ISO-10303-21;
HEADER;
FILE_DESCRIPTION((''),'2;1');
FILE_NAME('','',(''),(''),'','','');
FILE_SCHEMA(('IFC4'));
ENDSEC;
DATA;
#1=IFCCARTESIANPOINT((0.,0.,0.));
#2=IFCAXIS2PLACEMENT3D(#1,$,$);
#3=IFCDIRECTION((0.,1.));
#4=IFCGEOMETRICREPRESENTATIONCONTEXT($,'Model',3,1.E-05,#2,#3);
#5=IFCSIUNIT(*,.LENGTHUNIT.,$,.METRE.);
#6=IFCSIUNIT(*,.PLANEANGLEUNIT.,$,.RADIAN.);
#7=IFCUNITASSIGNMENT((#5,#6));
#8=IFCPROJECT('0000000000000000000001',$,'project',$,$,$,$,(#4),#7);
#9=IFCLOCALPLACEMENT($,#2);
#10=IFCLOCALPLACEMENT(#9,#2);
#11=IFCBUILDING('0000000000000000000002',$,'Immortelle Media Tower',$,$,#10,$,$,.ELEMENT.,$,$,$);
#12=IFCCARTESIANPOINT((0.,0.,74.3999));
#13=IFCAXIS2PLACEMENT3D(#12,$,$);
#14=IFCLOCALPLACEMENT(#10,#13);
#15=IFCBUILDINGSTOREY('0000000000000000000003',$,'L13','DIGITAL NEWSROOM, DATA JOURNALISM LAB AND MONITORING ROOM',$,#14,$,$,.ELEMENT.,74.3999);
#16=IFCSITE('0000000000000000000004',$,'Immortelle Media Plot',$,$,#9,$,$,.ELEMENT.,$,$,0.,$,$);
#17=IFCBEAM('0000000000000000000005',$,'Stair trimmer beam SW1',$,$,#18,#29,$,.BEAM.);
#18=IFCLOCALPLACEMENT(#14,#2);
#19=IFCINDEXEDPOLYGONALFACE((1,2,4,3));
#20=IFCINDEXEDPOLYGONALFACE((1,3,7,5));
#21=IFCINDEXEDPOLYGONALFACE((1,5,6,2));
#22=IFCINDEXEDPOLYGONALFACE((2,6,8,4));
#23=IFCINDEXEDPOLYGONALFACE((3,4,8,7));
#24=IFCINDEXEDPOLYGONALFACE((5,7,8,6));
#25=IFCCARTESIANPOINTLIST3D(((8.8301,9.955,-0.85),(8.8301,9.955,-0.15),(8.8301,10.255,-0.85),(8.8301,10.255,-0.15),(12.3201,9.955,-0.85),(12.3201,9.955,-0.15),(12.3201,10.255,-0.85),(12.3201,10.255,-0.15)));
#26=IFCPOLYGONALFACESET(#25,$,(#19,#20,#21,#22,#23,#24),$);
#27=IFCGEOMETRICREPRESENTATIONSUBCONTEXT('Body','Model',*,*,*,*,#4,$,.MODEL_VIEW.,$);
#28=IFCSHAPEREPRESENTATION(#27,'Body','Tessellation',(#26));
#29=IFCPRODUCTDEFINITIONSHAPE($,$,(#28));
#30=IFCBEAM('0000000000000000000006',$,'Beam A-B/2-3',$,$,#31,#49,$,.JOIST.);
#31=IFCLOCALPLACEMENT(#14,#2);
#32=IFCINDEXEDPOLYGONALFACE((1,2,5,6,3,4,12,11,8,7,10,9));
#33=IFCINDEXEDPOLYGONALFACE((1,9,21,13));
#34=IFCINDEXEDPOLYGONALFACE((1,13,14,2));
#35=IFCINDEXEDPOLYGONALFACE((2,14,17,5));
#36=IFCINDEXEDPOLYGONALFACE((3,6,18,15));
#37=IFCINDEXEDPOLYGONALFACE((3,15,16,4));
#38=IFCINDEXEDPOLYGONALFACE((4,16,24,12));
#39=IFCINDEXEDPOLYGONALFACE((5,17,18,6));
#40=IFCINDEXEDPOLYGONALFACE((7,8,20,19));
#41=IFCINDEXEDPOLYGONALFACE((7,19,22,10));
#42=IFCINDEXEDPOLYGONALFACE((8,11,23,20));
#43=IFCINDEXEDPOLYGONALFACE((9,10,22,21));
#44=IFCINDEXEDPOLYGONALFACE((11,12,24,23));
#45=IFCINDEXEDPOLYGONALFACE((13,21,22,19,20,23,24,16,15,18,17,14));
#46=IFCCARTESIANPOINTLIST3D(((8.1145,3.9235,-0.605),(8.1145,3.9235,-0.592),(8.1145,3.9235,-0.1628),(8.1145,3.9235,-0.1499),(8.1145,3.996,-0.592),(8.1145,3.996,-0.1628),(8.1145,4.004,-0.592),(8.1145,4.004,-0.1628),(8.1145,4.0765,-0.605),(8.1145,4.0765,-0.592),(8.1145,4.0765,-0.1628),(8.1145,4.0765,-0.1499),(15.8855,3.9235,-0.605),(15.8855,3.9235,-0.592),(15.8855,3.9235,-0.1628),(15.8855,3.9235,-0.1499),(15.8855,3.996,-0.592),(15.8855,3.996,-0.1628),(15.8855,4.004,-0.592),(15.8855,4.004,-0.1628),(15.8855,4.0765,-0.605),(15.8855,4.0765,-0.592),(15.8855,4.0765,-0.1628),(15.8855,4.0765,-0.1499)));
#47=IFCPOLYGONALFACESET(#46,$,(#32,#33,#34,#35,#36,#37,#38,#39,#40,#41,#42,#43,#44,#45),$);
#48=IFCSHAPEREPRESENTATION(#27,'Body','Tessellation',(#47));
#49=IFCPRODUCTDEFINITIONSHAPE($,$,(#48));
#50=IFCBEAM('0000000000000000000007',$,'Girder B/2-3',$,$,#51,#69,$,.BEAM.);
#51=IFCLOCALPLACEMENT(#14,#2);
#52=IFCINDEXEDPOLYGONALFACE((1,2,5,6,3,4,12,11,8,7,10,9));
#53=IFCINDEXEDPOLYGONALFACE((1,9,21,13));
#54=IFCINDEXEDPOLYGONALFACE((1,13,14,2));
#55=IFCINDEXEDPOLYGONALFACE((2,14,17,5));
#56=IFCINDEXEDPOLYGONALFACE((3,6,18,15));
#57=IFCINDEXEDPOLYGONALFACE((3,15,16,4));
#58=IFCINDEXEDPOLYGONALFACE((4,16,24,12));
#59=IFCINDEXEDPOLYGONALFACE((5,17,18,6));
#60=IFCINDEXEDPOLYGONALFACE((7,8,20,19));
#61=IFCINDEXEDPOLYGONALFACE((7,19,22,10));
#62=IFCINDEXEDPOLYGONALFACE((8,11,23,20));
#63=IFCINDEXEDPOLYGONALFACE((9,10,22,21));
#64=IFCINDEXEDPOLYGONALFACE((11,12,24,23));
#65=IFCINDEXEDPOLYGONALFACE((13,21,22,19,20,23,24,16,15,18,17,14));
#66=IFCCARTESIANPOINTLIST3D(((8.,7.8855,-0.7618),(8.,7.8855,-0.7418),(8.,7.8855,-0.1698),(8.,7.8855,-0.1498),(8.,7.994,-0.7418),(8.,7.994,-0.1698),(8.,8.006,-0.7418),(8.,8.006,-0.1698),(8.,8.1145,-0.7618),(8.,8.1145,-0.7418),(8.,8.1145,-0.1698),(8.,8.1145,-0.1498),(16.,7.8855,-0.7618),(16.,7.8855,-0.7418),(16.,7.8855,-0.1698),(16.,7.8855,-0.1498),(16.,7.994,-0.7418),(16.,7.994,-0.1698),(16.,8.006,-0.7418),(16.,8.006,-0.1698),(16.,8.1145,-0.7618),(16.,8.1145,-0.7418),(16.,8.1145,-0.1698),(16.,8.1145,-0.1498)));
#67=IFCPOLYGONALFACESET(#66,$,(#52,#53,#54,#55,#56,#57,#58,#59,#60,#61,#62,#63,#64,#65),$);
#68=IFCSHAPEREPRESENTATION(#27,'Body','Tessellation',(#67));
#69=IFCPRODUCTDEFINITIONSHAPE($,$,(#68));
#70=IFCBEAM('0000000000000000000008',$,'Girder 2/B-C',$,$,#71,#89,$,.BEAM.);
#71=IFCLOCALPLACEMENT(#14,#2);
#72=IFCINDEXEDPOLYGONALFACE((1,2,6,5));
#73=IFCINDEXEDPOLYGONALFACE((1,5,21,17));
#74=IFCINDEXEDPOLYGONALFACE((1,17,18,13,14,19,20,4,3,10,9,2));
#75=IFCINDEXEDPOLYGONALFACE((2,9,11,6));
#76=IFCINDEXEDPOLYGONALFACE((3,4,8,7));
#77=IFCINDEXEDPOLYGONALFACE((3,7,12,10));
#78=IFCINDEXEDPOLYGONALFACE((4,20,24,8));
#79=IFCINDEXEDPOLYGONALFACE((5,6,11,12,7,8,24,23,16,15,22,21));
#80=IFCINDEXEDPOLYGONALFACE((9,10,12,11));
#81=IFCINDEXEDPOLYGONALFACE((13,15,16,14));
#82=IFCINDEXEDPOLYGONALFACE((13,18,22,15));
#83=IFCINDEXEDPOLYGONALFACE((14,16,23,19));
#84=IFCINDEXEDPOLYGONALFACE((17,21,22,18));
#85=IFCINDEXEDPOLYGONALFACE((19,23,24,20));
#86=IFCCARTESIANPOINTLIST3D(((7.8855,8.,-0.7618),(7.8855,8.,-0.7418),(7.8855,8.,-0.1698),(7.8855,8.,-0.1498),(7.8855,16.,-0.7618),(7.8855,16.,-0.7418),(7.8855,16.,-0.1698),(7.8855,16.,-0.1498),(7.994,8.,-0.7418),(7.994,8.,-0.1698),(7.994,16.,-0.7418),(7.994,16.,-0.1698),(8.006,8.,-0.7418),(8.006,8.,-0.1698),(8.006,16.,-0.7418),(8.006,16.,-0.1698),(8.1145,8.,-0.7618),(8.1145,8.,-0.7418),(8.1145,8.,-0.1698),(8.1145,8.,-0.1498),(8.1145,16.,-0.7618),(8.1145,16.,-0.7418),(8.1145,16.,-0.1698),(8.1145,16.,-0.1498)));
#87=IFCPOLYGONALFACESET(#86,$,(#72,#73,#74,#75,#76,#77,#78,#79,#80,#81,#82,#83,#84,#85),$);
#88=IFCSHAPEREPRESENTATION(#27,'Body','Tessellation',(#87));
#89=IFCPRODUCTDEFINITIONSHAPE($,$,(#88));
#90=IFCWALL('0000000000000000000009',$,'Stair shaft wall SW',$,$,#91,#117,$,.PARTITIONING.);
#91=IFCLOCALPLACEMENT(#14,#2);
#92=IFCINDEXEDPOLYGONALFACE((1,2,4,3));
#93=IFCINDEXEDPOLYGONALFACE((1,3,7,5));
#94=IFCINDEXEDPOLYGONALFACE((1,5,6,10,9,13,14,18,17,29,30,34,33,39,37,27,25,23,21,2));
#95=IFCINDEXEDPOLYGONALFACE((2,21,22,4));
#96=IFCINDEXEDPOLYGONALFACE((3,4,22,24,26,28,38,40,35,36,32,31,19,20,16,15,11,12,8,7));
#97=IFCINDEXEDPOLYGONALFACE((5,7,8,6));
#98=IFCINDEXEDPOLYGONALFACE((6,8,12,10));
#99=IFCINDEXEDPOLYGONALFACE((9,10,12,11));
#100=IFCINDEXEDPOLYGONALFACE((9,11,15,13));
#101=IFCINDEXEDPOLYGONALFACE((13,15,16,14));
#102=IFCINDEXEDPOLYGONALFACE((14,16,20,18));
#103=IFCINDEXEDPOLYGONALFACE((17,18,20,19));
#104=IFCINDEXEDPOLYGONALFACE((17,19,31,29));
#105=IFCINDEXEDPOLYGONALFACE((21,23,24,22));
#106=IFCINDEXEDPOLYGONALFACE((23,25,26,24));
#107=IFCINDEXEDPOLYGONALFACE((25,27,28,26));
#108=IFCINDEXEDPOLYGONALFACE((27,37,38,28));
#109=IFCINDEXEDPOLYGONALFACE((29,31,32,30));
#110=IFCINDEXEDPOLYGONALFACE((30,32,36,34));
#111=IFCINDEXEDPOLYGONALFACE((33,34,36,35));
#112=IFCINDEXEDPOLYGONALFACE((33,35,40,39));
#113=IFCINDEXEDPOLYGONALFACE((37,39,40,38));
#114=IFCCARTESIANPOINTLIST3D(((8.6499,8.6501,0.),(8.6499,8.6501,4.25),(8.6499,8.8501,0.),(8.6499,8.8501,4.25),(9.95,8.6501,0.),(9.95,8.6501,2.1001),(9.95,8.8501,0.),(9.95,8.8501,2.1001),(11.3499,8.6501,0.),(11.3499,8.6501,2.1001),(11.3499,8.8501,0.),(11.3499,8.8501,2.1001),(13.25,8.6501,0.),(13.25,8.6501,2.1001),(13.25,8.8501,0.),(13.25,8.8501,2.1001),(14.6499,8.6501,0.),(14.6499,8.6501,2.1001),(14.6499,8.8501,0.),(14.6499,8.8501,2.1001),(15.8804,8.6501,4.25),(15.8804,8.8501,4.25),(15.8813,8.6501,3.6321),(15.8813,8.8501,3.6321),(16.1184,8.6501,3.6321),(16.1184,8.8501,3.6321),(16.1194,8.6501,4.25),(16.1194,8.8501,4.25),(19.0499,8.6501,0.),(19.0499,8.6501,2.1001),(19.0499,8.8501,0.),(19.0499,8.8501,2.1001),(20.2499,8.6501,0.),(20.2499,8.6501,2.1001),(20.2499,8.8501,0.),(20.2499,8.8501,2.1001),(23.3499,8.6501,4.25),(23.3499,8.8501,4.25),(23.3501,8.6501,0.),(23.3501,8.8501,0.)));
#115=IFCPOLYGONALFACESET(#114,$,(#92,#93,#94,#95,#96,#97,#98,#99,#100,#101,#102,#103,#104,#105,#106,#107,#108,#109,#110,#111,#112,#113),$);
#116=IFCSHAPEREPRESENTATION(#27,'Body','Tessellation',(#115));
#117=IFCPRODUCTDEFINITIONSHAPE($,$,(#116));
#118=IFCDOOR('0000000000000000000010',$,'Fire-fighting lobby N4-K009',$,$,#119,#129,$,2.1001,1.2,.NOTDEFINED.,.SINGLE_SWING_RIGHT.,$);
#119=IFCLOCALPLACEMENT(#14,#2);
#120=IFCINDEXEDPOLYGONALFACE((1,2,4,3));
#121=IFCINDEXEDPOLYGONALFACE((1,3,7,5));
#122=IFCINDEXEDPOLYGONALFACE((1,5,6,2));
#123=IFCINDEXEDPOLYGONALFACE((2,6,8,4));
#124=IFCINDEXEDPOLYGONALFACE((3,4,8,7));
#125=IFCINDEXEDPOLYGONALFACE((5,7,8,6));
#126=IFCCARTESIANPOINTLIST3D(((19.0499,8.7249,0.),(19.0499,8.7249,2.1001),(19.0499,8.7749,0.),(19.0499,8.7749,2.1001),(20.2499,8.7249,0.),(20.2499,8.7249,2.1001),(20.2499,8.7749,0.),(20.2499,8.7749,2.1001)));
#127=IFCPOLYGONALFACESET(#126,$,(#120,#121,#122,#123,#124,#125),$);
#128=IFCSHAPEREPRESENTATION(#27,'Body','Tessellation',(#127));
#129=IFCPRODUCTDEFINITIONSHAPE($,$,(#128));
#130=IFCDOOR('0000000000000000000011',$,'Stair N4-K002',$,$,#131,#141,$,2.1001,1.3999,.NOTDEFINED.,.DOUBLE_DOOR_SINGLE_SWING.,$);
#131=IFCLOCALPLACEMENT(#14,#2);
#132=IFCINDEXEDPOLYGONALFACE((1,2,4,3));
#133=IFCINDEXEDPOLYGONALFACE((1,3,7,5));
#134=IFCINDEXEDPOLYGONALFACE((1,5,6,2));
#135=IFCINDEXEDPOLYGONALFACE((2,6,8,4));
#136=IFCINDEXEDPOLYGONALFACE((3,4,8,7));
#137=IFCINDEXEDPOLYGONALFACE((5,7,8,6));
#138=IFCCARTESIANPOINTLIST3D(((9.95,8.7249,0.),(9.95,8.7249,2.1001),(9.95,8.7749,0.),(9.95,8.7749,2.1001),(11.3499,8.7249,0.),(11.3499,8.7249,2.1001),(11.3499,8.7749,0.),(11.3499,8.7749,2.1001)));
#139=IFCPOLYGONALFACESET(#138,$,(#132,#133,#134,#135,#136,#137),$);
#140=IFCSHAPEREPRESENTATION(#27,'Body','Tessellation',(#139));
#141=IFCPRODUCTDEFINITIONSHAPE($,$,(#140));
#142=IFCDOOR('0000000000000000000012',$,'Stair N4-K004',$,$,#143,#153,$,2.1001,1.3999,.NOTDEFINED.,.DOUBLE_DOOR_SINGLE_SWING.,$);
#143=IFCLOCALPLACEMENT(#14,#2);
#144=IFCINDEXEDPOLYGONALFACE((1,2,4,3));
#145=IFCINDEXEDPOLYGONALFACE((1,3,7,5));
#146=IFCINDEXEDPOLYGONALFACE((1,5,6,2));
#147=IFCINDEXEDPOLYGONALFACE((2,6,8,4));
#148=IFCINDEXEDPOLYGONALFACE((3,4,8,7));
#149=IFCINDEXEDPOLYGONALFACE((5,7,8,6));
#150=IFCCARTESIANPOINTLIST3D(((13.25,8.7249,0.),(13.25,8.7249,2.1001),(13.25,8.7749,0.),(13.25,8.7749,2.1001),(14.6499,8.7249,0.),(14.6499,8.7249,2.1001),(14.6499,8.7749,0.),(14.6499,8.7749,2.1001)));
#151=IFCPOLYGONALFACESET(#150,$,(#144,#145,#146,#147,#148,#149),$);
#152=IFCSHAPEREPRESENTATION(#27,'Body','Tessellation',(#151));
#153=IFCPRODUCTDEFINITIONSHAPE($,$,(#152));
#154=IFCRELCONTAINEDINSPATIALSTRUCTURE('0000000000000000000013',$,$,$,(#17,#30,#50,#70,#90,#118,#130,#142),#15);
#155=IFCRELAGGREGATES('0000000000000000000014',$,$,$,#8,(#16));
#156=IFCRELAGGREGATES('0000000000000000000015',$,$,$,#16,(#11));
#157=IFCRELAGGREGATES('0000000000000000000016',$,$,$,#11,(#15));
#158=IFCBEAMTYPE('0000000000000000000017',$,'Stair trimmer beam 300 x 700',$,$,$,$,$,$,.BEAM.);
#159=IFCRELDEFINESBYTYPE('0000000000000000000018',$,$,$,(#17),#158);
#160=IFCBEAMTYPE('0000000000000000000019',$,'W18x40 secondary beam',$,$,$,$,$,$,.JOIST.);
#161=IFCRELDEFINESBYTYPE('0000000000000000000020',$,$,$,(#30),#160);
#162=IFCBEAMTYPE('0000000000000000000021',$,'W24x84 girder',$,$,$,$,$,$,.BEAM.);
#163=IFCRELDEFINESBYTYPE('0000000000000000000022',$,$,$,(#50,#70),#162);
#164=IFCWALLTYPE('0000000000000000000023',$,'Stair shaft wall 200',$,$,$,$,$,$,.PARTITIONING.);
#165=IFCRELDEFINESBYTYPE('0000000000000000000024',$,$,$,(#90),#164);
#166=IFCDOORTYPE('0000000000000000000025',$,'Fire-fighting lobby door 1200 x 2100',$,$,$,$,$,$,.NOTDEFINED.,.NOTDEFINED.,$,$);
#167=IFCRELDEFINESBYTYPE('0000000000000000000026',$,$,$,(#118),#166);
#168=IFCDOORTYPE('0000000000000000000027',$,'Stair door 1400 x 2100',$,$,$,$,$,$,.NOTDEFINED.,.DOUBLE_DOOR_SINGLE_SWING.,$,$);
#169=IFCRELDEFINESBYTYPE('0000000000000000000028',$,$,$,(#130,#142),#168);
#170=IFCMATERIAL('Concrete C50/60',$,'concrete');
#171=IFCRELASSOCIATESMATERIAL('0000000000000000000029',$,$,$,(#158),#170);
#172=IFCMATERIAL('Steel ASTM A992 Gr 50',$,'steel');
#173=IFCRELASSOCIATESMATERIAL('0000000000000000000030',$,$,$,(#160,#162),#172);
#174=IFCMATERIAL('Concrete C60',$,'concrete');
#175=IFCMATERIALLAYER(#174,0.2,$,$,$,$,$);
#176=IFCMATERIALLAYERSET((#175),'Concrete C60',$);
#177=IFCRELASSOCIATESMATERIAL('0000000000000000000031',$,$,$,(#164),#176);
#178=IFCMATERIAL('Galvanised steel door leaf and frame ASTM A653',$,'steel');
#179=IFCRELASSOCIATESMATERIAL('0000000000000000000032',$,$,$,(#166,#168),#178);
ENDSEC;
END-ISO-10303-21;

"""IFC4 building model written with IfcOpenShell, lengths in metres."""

from ifc_helpers import new_model, si_unit, direction, frame, frame_2d, origin, origin_2d, place, context, subcontext, project, spatial, polyline, rectangle, i_section, outline, extrude, material, layer, layer_set, material_profile, profile_set, type_object, element, fill, save


model = new_model("IFC4")

# Units and contexts
model_context = context("Model", 3, precision=1e-05, world=origin(), true_north=direction((0.0, 1.0)))
body_context = subcontext(model_context, "Body", "Model", "MODEL_VIEW")
ifc_project = project(units=[si_unit("LENGTHUNIT", "METRE"), si_unit("PLANEANGLEUNIT", "RADIAN")], contexts=[model_context])

# Site, building, storey
site_placement = place(None, origin())
site = spatial("IfcSite", under=ifc_project, at=site_placement, Name="Immortelle Media Plot", CompositionType="ELEMENT", RefElevation=0.0)
building_placement = place(site_placement, origin())
building = spatial("IfcBuilding", under=site, at=building_placement, Name="Immortelle Media Tower", CompositionType="ELEMENT")
storey_placement = place(building_placement, frame((0.0, 0.0, 74.3999)))
storey = spatial("IfcBuildingStorey", under=building, at=storey_placement, Name="L13", Description="DIGITAL NEWSROOM, DATA JOURNALISM LAB AND MONITORING ROOM", CompositionType="ELEMENT", Elevation=74.3999)

# Beams
ifc_material_1 = material(Name="Concrete C50/60", Category="concrete")
ifc_material_profile_1 = material_profile(ifc_material_1, rectangle(XDim=0.3, YDim=0.7, at=origin_2d()), Name="RC 300x700")
ifc_profile_set_1 = profile_set([ifc_material_profile_1], Name="Concrete C50/60")
beam_type_1 = type_object("IfcBeamType", Name="Stair trimmer beam 300 x 700", PredefinedType="BEAM", material=ifc_profile_set_1)
beam_1_placement = place(storey_placement, frame((8.8301, 10.105, -0.5), z_axis=(1.0, 0.0, 0.0), x_axis=(0.0, 1.0, 0.0)))
element("IfcBeam", 1, at=beam_1_placement, inside=storey, type_object=beam_type_1, Name="Stair trimmer beam SW1", PredefinedType="BEAM", context=body_context, shape_type="SweptSolid", body=[
    extrude(rectangle(XDim=0.3, YDim=0.7, at=origin_2d()), origin(), (0.0, 0.0, 1.0), 3.49),
])
ifc_material_2 = material(Name="Steel ASTM A992 Gr 50", Category="steel")
ifc_material_profile_2 = material_profile(ifc_material_2, i_section(OverallWidth=0.1531, OverallDepth=0.4551, WebThickness=0.0081, FlangeThickness=0.0129, at=origin_2d()), Name="W18x40")
ifc_profile_set_2 = profile_set([ifc_material_profile_2], Name="Steel ASTM A992 Gr 50")
beam_type_2 = type_object("IfcBeamType", Name="W18x40 secondary beam", PredefinedType="JOIST", material=ifc_profile_set_2)
beam_2_placement = place(storey_placement, frame((8.1145, 4.0, -0.3774), z_axis=(1.0, 0.0, 0.0), x_axis=(0.0, 1.0, 0.0)))
element("IfcBeam", 2, at=beam_2_placement, inside=storey, type_object=beam_type_2, Name="Beam A-B/2-3", PredefinedType="JOIST", context=body_context, shape_type="SweptSolid", body=[
    extrude(i_section(OverallWidth=0.1531, OverallDepth=0.4551, WebThickness=0.0081, FlangeThickness=0.0129, at=origin_2d()), origin(), (0.0, 0.0, 1.0), 7.771),
])
ifc_material_profile_3 = material_profile(ifc_material_2, i_section(OverallWidth=0.229, OverallDepth=0.6121, WebThickness=0.012, FlangeThickness=0.02, at=origin_2d()), Name="W24x84")
ifc_profile_set_3 = profile_set([ifc_material_profile_3], Name="Steel ASTM A992 Gr 50")
beam_type_3 = type_object("IfcBeamType", Name="W24x84 girder", PredefinedType="BEAM", material=ifc_profile_set_3)
for number, where, z_axis, x_axis, name in (
    (3, (8.0, 8.0, -0.4558), (1.0, 0.0, 0.0), (0.0, 1.0, 0.0), "Girder B/2-3"),
    (4, (8.0, 8.0, -0.4558), (0.0, 1.0, 0.0), (-1.0, 0.0, 0.0), "Girder 2/B-C"),
):
    element("IfcBeam", number, at=place(storey_placement, frame(where, z_axis=z_axis, x_axis=x_axis)), inside=storey, type_object=beam_type_3, Name=name, PredefinedType="BEAM", context=body_context, shape_type="SweptSolid", body=[
        extrude(i_section(OverallWidth=0.229, OverallDepth=0.6121, WebThickness=0.012, FlangeThickness=0.02, at=origin_2d()), origin(), (0.0, 0.0, 1.0), 8.0),
    ])

# Wall, openings, doors
ifc_material_3 = material(Name="Concrete C60", Category="concrete")
ifc_layer = layer(ifc_material_3, 0.2)
ifc_layer_set = layer_set([ifc_layer], Name="Concrete C60")
wall_type = type_object("IfcWallType", Name="Stair shaft wall 200", PredefinedType="PARTITIONING", material=ifc_layer_set)
wall_1_placement = place(storey_placement, frame((8.6499, 8.75, 0.0), z_axis=(0.0, 0.0, 1.0), x_axis=(1.0, 0.0, 0.0)))
wall_1 = element("IfcWall", 5, at=wall_1_placement, inside=storey, type_object=wall_type, Name="Stair shaft wall SW", PredefinedType="PARTITIONING", context=body_context, shape_type="SweptSolid", body=[
    extrude(outline(polyline([(0.0, 0.0), (14.7002, 0.0), (14.7, 4.25), (7.4695, 4.25), (7.4685, 3.6321), (7.2314, 3.6321), (7.2305, 4.25), (0.0, 4.25), (0.0, 0.0)])), frame((0.0, 0.1001, 0.0), z_axis=(0.0, -1.0, 0.0), x_axis=(1.0, 0.0, 0.0)), (0.0, 0.0, 1.0), 0.2),
])
opening_1_placement = place(wall_1_placement, frame((1.3, 0.0, 0.0)))
opening_1 = element("IfcOpeningElement", 6, at=opening_1_placement, cuts=wall_1, PredefinedType="OPENING", context=body_context, shape_type="SweptSolid", body=[
    extrude(rectangle(XDim=1.3999, YDim=2.1001, at=frame_2d((0.7, 1.05))), frame((0.0, 0.1099, 0.0), z_axis=(0.0, -1.0, 0.0), x_axis=(1.0, 0.0, 0.0)), (0.0, 0.0, 1.0), 0.22),
])
opening_2_placement = place(wall_1_placement, frame((4.6001, 0.0, 0.0)))
opening_2 = element("IfcOpeningElement", 7, at=opening_2_placement, cuts=wall_1, PredefinedType="OPENING", context=body_context, shape_type="SweptSolid", body=[
    extrude(rectangle(XDim=1.3999, YDim=2.1001, at=frame_2d((0.7, 1.05))), frame((0.0, 0.1099, 0.0), z_axis=(0.0, -1.0, 0.0), x_axis=(1.0, 0.0, 0.0)), (0.0, 0.0, 1.0), 0.22),
])
opening_3_placement = place(wall_1_placement, frame((10.3999, 0.0, 0.0)))
opening_3 = element("IfcOpeningElement", 8, at=opening_3_placement, cuts=wall_1, PredefinedType="OPENING", context=body_context, shape_type="SweptSolid", body=[
    extrude(rectangle(XDim=1.2, YDim=2.1001, at=frame_2d((0.6001, 1.05))), frame((0.0, 0.1099, 0.0), z_axis=(0.0, -1.0, 0.0), x_axis=(1.0, 0.0, 0.0)), (0.0, 0.0, 1.0), 0.22),
])
ifc_material_4 = material(Name="Galvanised steel door leaf and frame ASTM A653", Category="steel")
door_type_1 = type_object("IfcDoorType", Name="Fire-fighting lobby door 1200 x 2100", OperationType="NOTDEFINED", PredefinedType="NOTDEFINED", material=ifc_material_4)
door_1_placement = place(opening_3_placement, origin())
door_1 = element("IfcDoor", 9, at=door_1_placement, inside=storey, type_object=door_type_1, Name="Fire-fighting lobby N4-K009", OperationType="SINGLE_SWING_RIGHT", OverallHeight=2.1001, OverallWidth=1.2, PredefinedType="NOTDEFINED", context=body_context, shape_type="SweptSolid", body=[
    extrude(rectangle(XDim=1.2, YDim=2.1001, at=frame_2d((0.6001, 1.05))), frame((0.0, 0.0249, 0.0), z_axis=(0.0, -1.0, 0.0), x_axis=(1.0, 0.0, 0.0)), (0.0, 0.0, 1.0), 0.05),
])
fill(opening_3, door_1)
door_type_2 = type_object("IfcDoorType", Name="Stair door 1400 x 2100", OperationType="DOUBLE_DOOR_SINGLE_SWING", PredefinedType="NOTDEFINED", material=ifc_material_4)
door_2_placement = place(opening_1_placement, origin())
door_2 = element("IfcDoor", 10, at=door_2_placement, inside=storey, type_object=door_type_2, Name="Stair N4-K002", OperationType="DOUBLE_DOOR_SINGLE_SWING", OverallHeight=2.1001, OverallWidth=1.3999, PredefinedType="NOTDEFINED", context=body_context, shape_type="SweptSolid", body=[
    extrude(rectangle(XDim=1.3999, YDim=2.1001, at=frame_2d((0.7, 1.05))), frame((0.0, 0.0249, 0.0), z_axis=(0.0, -1.0, 0.0), x_axis=(1.0, 0.0, 0.0)), (0.0, 0.0, 1.0), 0.05),
])
fill(opening_1, door_2)
door_3_placement = place(opening_2_placement, origin())
door_3 = element("IfcDoor", 11, at=door_3_placement, inside=storey, type_object=door_type_2, Name="Stair N4-K004", OperationType="DOUBLE_DOOR_SINGLE_SWING", OverallHeight=2.1001, OverallWidth=1.3999, PredefinedType="NOTDEFINED", context=body_context, shape_type="SweptSolid", body=[
    extrude(rectangle(XDim=1.3999, YDim=2.1001, at=frame_2d((0.7, 1.05))), frame((0.0, 0.0249, 0.0), z_axis=(0.0, -1.0, 0.0), x_axis=(1.0, 0.0, 0.0)), (0.0, 0.0, 1.0), 0.05),
])
fill(opening_2, door_3)

save(model, "model.ifc")
